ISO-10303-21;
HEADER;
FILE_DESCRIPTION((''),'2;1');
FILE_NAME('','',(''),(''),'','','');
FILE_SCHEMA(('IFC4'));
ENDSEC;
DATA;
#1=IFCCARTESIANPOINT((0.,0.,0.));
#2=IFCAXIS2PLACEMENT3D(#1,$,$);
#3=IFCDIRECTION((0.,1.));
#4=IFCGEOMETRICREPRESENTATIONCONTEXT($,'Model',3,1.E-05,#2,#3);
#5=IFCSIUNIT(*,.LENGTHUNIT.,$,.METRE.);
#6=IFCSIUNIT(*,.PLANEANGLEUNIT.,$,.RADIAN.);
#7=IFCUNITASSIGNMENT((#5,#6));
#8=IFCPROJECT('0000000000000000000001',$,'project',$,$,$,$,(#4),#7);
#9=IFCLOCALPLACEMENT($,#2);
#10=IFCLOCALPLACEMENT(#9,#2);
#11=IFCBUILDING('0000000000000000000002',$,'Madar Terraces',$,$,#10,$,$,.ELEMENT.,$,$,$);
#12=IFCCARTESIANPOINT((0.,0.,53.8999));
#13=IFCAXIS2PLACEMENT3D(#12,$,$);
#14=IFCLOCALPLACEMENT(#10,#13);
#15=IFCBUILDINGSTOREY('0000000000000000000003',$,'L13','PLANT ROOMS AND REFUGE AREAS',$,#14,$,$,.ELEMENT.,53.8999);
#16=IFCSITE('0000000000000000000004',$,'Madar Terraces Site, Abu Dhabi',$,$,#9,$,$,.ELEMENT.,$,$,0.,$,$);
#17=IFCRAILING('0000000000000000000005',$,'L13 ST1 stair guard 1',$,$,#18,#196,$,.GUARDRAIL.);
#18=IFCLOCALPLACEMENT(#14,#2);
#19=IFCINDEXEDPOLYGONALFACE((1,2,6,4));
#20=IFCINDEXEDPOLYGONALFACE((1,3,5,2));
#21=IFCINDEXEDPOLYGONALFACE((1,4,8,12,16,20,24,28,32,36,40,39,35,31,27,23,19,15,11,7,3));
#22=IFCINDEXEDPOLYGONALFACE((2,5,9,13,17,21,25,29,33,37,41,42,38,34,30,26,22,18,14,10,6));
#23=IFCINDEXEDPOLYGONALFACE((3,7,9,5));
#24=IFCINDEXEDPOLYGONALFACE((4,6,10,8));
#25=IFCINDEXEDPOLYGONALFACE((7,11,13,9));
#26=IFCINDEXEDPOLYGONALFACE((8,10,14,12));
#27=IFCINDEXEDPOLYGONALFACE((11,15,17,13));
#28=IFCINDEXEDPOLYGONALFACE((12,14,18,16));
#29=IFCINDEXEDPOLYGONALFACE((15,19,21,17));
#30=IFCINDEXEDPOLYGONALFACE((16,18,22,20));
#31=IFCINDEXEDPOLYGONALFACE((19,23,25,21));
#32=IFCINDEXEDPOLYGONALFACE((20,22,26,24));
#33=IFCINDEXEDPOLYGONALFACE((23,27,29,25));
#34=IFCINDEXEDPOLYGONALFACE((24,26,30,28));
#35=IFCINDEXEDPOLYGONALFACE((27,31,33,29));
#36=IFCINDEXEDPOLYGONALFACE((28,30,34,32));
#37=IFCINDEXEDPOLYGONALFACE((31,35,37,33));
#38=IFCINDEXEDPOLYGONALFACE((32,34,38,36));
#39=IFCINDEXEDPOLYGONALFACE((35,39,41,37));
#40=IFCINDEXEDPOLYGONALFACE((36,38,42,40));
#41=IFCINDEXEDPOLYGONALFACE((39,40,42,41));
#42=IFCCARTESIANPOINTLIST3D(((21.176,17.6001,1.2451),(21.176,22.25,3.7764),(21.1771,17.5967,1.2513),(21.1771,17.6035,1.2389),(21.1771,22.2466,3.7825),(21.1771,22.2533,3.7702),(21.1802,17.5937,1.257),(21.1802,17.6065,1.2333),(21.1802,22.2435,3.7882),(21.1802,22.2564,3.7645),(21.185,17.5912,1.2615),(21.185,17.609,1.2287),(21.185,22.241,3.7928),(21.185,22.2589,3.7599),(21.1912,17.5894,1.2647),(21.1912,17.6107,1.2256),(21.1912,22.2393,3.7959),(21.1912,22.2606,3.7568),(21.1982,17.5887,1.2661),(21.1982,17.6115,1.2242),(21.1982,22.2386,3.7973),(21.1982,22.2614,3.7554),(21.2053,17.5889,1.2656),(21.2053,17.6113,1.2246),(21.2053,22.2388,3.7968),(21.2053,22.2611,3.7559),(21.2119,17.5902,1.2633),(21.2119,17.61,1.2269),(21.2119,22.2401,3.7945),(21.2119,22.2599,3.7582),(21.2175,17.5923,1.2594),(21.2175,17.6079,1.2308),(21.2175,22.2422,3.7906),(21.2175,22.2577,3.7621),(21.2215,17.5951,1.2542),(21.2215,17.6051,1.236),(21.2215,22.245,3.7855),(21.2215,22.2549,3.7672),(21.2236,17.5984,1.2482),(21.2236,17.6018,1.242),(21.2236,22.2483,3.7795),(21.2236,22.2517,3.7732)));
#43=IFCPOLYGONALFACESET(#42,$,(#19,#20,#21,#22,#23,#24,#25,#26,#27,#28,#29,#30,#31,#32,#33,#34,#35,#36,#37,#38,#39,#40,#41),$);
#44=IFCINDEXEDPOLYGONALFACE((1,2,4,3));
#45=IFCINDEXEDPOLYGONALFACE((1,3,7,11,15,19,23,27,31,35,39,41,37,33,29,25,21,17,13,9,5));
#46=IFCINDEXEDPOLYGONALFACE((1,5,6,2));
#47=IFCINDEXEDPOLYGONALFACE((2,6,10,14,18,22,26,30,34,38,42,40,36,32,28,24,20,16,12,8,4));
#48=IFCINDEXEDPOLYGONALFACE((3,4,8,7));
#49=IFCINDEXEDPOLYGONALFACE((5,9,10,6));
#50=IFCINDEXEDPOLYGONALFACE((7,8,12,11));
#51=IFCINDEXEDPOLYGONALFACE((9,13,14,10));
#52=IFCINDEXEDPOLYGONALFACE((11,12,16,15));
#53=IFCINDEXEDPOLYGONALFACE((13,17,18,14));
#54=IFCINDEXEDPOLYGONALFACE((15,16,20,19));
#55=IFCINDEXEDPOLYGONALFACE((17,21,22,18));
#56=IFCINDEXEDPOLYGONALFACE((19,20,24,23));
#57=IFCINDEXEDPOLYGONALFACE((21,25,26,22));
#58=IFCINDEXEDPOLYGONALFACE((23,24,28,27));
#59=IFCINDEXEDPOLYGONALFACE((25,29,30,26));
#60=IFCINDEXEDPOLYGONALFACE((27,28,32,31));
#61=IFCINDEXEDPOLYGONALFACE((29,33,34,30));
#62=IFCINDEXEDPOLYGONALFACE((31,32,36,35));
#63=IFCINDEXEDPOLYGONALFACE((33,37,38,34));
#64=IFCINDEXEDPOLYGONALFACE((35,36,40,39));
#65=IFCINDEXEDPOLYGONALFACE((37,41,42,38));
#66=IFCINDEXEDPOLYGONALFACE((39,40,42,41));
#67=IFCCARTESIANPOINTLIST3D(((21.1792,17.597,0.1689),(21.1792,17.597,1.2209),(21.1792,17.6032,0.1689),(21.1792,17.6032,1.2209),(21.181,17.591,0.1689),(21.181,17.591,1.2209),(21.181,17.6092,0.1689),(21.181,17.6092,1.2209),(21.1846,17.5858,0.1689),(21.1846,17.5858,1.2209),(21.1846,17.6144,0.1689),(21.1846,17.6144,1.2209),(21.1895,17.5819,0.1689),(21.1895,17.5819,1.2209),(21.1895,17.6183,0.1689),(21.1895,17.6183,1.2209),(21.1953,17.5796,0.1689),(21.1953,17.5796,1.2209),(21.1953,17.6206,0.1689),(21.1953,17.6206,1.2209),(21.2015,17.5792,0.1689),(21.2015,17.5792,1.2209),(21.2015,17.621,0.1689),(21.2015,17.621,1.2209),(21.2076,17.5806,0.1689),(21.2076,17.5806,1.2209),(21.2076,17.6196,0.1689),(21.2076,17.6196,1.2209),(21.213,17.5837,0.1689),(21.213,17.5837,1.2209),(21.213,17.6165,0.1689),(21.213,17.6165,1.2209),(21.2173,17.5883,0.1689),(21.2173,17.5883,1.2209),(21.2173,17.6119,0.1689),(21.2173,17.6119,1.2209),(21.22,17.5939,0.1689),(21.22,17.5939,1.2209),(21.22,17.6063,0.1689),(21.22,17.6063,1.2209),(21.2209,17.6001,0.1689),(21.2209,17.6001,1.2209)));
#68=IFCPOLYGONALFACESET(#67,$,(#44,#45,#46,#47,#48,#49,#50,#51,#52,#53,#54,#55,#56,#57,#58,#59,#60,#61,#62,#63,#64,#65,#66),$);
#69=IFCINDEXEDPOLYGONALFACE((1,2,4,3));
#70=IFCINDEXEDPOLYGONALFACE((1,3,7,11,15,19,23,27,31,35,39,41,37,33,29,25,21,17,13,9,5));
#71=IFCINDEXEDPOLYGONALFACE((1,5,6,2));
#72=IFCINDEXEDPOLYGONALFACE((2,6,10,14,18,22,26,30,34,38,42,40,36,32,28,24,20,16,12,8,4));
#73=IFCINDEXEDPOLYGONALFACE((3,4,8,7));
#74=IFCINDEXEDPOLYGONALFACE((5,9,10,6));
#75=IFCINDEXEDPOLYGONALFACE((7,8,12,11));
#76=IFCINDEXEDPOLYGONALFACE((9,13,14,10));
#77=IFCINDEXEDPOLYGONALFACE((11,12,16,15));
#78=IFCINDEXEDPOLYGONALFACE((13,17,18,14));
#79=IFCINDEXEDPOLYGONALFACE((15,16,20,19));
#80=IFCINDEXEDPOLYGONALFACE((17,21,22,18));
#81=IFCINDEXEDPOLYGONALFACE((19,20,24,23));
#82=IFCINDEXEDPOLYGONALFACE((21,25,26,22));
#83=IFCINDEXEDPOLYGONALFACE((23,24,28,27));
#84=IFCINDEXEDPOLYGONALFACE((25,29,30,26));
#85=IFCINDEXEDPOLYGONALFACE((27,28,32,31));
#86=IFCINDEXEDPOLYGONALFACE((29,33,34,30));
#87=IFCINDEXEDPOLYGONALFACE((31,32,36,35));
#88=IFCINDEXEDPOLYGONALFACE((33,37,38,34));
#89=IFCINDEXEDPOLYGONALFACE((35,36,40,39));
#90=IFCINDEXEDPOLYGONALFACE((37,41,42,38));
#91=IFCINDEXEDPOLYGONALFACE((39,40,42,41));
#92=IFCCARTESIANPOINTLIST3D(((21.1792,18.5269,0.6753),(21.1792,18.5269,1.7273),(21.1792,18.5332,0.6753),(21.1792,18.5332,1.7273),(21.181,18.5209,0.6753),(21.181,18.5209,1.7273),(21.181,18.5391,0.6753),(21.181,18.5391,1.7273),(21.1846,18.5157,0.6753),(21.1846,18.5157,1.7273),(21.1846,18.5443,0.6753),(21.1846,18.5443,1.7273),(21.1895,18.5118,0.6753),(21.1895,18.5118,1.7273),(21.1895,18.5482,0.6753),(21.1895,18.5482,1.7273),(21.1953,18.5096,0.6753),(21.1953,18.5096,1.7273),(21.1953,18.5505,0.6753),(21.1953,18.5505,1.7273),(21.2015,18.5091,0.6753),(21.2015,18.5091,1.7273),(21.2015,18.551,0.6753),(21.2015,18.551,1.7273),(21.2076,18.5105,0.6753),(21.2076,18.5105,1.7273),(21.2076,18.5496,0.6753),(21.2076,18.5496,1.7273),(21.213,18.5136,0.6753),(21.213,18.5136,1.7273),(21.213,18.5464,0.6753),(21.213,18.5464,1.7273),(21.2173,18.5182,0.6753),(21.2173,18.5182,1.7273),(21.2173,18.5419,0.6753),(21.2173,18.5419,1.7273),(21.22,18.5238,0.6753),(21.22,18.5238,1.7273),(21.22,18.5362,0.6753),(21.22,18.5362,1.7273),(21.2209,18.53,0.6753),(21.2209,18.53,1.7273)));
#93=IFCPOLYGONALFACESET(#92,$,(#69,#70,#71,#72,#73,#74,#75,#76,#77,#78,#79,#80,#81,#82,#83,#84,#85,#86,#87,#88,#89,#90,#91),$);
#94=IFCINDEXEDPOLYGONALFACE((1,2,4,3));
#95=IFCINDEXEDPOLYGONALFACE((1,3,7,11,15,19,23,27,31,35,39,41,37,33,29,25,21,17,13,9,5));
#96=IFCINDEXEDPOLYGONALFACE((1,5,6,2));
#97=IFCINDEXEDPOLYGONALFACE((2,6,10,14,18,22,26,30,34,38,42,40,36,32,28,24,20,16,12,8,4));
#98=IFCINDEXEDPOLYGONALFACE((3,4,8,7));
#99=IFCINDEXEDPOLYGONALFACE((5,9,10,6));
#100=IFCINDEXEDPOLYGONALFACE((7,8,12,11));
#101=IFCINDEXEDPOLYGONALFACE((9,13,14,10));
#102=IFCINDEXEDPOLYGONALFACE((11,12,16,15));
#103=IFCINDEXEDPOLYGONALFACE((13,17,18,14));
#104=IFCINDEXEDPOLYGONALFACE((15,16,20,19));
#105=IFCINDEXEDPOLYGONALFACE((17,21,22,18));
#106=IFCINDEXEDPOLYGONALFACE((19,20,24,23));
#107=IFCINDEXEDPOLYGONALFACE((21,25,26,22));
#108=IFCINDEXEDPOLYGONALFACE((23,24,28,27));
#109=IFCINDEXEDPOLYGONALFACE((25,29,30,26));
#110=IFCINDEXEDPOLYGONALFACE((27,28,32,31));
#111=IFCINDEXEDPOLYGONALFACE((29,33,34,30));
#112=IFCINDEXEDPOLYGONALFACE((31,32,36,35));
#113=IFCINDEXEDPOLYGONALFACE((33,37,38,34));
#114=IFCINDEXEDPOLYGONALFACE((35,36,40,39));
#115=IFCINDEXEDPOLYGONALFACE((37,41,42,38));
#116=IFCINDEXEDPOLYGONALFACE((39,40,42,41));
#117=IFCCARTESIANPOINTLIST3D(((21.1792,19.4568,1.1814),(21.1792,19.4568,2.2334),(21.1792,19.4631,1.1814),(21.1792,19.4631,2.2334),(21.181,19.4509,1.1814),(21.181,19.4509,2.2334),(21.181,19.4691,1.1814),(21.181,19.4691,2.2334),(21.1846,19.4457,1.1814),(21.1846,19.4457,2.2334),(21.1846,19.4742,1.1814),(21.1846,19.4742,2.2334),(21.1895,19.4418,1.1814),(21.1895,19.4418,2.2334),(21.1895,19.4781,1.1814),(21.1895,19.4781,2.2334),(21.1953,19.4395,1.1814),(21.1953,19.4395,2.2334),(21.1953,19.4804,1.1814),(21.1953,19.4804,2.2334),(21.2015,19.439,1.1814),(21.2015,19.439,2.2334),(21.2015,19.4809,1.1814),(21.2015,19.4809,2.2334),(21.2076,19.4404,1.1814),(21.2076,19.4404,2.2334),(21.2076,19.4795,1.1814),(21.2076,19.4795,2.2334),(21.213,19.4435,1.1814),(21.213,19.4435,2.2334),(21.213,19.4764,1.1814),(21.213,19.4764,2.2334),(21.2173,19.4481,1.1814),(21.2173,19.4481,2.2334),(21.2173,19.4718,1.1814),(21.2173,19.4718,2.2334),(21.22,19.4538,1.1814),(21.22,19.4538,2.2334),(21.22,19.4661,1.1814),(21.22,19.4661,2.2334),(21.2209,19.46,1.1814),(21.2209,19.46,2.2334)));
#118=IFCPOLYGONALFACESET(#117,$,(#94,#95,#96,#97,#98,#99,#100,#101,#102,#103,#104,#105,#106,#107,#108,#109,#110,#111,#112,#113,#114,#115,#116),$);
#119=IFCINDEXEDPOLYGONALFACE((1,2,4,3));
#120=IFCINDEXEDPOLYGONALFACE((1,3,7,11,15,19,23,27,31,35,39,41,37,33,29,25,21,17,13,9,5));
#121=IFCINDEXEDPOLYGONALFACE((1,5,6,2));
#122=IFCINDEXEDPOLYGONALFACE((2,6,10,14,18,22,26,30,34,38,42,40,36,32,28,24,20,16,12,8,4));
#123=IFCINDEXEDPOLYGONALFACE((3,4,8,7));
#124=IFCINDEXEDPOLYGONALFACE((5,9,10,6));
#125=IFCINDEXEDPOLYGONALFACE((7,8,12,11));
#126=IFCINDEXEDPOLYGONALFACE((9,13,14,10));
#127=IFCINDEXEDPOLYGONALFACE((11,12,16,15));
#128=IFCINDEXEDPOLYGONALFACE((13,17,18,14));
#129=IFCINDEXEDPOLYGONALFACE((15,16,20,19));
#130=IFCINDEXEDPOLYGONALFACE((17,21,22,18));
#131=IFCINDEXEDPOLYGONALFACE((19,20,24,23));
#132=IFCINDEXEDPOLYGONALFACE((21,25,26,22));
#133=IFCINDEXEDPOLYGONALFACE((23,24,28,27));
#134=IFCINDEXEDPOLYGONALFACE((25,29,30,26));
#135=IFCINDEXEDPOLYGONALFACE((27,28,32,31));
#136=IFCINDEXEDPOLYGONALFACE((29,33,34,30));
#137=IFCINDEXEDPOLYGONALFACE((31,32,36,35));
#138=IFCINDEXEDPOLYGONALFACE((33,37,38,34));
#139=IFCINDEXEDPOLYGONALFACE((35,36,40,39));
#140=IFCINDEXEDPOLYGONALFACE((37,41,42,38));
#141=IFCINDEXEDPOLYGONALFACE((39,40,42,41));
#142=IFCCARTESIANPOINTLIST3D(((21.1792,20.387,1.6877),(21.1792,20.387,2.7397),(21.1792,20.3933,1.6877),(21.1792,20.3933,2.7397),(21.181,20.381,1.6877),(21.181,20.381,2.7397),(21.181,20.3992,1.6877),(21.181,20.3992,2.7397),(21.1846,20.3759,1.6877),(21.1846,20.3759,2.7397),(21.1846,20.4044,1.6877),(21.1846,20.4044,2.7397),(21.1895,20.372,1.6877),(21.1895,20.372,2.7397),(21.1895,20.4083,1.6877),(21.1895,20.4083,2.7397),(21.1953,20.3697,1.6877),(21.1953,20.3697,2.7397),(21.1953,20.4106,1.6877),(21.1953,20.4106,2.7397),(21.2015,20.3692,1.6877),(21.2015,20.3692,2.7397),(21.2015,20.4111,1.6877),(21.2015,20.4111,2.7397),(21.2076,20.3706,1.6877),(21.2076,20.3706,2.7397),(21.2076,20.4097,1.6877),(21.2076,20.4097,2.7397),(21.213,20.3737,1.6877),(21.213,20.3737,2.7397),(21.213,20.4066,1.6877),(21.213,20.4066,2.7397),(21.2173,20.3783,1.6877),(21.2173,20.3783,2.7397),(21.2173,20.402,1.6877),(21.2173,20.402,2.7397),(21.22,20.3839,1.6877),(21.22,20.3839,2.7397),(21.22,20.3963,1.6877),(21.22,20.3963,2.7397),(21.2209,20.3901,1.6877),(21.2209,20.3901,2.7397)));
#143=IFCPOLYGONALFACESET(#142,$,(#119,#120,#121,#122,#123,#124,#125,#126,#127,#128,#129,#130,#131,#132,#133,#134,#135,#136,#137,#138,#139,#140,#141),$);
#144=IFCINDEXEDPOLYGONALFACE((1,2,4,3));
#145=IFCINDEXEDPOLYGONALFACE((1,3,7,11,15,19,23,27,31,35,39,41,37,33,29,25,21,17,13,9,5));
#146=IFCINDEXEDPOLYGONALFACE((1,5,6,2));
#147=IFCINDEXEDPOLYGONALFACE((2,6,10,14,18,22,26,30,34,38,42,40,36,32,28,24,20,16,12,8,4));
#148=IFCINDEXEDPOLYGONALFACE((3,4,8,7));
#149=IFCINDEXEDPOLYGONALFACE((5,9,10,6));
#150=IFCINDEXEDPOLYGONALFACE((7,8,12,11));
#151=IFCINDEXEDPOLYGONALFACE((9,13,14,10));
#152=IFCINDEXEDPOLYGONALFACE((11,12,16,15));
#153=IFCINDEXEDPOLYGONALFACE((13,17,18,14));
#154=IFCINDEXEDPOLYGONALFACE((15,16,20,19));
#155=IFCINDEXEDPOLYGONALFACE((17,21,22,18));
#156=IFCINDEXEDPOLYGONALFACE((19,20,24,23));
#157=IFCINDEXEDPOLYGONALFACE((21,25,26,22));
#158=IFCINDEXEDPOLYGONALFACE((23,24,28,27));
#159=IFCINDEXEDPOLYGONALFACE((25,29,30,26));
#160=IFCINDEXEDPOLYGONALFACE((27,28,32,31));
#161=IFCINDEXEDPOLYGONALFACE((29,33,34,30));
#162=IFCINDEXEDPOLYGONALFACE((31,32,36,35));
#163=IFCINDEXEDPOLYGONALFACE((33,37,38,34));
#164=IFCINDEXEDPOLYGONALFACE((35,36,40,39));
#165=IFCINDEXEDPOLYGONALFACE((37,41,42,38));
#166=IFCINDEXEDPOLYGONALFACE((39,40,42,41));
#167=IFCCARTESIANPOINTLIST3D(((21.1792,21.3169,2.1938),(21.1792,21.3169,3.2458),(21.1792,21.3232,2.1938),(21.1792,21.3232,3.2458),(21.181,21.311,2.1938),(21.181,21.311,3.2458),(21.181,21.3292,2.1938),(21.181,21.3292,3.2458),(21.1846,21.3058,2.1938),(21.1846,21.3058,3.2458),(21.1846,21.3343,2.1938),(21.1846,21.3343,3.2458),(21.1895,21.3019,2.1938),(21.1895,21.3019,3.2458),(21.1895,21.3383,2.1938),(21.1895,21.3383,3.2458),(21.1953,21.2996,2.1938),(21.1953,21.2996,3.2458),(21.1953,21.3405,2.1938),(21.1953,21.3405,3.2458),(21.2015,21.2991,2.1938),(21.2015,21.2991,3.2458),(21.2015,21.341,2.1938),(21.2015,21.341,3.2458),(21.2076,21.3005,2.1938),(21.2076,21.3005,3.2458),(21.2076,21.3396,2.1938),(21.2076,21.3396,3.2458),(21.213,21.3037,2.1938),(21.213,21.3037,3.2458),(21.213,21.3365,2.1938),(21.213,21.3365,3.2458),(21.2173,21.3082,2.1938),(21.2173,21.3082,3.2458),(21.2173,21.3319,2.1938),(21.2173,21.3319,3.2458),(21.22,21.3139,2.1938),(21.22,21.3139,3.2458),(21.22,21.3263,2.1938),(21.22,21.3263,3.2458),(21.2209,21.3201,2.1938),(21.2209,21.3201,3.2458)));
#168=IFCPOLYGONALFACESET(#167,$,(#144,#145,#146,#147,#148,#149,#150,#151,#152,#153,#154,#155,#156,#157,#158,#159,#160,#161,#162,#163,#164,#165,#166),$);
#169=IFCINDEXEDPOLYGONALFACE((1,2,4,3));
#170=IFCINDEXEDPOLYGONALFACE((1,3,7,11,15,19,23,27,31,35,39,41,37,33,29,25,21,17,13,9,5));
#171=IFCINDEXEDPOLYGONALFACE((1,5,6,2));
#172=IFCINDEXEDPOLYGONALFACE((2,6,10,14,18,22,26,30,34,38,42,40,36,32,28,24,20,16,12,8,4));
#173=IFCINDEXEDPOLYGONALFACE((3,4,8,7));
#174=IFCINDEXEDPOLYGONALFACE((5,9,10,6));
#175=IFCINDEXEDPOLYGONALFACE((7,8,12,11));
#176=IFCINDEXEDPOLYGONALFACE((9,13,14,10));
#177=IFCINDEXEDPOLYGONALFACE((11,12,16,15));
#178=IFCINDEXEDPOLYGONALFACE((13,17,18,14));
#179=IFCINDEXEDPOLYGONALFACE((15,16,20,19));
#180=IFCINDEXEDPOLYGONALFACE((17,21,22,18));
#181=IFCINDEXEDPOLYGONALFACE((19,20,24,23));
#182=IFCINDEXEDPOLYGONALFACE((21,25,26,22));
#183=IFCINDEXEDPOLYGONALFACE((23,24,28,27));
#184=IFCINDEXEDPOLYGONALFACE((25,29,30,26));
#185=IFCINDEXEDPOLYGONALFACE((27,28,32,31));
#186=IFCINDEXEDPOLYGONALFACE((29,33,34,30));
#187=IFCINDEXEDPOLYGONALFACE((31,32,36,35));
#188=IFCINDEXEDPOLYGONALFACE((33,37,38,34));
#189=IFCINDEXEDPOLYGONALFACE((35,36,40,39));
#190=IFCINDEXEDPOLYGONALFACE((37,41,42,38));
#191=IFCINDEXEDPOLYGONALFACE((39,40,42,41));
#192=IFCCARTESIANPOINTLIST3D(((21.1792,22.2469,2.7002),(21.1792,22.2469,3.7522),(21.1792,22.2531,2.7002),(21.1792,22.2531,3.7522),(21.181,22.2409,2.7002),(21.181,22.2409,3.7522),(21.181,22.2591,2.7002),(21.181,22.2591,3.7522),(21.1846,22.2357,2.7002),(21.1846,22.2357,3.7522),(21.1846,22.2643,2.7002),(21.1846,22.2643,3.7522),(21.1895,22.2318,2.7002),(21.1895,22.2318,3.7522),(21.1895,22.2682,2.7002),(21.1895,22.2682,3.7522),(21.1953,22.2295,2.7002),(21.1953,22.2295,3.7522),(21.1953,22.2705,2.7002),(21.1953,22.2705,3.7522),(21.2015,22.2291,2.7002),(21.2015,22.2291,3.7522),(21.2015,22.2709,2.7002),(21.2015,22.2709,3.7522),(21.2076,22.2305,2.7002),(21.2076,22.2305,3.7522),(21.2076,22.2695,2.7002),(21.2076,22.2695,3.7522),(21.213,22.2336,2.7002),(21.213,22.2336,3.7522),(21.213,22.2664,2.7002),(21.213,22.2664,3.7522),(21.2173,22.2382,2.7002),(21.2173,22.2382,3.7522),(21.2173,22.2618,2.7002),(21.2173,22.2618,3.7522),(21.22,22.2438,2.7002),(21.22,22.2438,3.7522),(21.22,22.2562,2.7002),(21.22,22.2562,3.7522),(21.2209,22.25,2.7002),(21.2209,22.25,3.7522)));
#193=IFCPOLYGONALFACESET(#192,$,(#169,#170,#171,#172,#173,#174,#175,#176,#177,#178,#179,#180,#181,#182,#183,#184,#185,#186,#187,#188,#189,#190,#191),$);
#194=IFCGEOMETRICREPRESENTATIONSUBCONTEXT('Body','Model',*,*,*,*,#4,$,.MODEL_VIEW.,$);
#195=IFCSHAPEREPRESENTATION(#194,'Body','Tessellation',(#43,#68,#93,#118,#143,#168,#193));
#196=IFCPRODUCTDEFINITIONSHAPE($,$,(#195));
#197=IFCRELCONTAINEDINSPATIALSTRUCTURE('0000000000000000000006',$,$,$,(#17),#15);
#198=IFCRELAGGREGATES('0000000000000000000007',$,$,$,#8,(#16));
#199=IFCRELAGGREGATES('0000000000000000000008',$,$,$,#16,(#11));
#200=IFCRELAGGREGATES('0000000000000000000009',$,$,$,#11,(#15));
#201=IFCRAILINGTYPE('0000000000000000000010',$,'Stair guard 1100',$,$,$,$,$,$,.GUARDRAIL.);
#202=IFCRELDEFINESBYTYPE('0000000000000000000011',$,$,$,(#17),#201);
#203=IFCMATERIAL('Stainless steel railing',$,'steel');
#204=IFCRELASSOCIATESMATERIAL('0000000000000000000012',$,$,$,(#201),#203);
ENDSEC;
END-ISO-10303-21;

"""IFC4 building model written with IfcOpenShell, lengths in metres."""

from ifc_helpers import new_model, si_unit, direction, frame, origin, origin_2d, place, context, subcontext, project, spatial, circle, extrude, material, type_object, element, save


model = new_model("IFC4")

# Units and contexts
model_context = context("Model", 3, precision=1e-05, world=origin(), true_north=direction((0.0, 1.0)))
body_context = subcontext(model_context, "Body", "Model", "MODEL_VIEW")
ifc_project = project(units=[si_unit("LENGTHUNIT", "METRE"), si_unit("PLANEANGLEUNIT", "RADIAN")], contexts=[model_context])

# Site, building, storey
site_placement = place(None, origin())
site = spatial("IfcSite", under=ifc_project, at=site_placement, Name="Madar Terraces Site, Abu Dhabi", CompositionType="ELEMENT", RefElevation=0.0)
building_placement = place(site_placement, origin())
building = spatial("IfcBuilding", under=site, at=building_placement, Name="Madar Terraces", CompositionType="ELEMENT")
storey_placement = place(building_placement, frame((0.0, 0.0, 53.8999)))
storey = spatial("IfcBuildingStorey", under=building, at=storey_placement, Name="L13", Description="PLANT ROOMS AND REFUGE AREAS", CompositionType="ELEMENT", Elevation=53.8999)

# Railing
ifc_material_1 = material(Name="Stainless steel railing", Category="steel")
railing_type_1 = type_object("IfcRailingType", Name="Stair guard 1100", PredefinedType="GUARDRAIL", material=ifc_material_1)
railing_1_placement = place(storey_placement, frame((21.2, 17.6001, 0.1689)))
element("IfcRailing", 1, at=railing_1_placement, inside=storey, type_object=railing_type_1, Name="L13 ST1 stair guard 1", PredefinedType="GUARDRAIL", context=body_context, shape_type="SweptSolid", body=[
    extrude(circle(Radius=0.0239, at=origin_2d()), frame((0.0, 0.0, 1.0762), z_axis=(0.0, 0.878297, 0.478115), x_axis=(-1.0, 0.0, 0.0)), (0.0, 0.0, 1.0), 5.2942),
    extrude(circle(Radius=0.021, at=origin_2d()), origin(), (0.0, 0.0, 1.0), 1.052),
    extrude(circle(Radius=0.021, at=origin_2d()), frame((0.0, 0.9299, 0.5063)), (0.0, 0.0, 1.0), 1.052),
    extrude(circle(Radius=0.021, at=origin_2d()), frame((0.0, 1.8599, 1.0125)), (0.0, 0.0, 1.0), 1.052),
    extrude(circle(Radius=0.021, at=origin_2d()), frame((0.0, 2.79, 1.5188)), (0.0, 0.0, 1.0), 1.052),
    extrude(circle(Radius=0.021, at=origin_2d()), frame((0.0, 3.72, 2.0249)), (0.0, 0.0, 1.0), 1.052),
    extrude(circle(Radius=0.021, at=origin_2d()), frame((0.0, 4.6499, 2.5312)), (0.0, 0.0, 1.0), 1.052),
])

save(model, "model.ifc")
